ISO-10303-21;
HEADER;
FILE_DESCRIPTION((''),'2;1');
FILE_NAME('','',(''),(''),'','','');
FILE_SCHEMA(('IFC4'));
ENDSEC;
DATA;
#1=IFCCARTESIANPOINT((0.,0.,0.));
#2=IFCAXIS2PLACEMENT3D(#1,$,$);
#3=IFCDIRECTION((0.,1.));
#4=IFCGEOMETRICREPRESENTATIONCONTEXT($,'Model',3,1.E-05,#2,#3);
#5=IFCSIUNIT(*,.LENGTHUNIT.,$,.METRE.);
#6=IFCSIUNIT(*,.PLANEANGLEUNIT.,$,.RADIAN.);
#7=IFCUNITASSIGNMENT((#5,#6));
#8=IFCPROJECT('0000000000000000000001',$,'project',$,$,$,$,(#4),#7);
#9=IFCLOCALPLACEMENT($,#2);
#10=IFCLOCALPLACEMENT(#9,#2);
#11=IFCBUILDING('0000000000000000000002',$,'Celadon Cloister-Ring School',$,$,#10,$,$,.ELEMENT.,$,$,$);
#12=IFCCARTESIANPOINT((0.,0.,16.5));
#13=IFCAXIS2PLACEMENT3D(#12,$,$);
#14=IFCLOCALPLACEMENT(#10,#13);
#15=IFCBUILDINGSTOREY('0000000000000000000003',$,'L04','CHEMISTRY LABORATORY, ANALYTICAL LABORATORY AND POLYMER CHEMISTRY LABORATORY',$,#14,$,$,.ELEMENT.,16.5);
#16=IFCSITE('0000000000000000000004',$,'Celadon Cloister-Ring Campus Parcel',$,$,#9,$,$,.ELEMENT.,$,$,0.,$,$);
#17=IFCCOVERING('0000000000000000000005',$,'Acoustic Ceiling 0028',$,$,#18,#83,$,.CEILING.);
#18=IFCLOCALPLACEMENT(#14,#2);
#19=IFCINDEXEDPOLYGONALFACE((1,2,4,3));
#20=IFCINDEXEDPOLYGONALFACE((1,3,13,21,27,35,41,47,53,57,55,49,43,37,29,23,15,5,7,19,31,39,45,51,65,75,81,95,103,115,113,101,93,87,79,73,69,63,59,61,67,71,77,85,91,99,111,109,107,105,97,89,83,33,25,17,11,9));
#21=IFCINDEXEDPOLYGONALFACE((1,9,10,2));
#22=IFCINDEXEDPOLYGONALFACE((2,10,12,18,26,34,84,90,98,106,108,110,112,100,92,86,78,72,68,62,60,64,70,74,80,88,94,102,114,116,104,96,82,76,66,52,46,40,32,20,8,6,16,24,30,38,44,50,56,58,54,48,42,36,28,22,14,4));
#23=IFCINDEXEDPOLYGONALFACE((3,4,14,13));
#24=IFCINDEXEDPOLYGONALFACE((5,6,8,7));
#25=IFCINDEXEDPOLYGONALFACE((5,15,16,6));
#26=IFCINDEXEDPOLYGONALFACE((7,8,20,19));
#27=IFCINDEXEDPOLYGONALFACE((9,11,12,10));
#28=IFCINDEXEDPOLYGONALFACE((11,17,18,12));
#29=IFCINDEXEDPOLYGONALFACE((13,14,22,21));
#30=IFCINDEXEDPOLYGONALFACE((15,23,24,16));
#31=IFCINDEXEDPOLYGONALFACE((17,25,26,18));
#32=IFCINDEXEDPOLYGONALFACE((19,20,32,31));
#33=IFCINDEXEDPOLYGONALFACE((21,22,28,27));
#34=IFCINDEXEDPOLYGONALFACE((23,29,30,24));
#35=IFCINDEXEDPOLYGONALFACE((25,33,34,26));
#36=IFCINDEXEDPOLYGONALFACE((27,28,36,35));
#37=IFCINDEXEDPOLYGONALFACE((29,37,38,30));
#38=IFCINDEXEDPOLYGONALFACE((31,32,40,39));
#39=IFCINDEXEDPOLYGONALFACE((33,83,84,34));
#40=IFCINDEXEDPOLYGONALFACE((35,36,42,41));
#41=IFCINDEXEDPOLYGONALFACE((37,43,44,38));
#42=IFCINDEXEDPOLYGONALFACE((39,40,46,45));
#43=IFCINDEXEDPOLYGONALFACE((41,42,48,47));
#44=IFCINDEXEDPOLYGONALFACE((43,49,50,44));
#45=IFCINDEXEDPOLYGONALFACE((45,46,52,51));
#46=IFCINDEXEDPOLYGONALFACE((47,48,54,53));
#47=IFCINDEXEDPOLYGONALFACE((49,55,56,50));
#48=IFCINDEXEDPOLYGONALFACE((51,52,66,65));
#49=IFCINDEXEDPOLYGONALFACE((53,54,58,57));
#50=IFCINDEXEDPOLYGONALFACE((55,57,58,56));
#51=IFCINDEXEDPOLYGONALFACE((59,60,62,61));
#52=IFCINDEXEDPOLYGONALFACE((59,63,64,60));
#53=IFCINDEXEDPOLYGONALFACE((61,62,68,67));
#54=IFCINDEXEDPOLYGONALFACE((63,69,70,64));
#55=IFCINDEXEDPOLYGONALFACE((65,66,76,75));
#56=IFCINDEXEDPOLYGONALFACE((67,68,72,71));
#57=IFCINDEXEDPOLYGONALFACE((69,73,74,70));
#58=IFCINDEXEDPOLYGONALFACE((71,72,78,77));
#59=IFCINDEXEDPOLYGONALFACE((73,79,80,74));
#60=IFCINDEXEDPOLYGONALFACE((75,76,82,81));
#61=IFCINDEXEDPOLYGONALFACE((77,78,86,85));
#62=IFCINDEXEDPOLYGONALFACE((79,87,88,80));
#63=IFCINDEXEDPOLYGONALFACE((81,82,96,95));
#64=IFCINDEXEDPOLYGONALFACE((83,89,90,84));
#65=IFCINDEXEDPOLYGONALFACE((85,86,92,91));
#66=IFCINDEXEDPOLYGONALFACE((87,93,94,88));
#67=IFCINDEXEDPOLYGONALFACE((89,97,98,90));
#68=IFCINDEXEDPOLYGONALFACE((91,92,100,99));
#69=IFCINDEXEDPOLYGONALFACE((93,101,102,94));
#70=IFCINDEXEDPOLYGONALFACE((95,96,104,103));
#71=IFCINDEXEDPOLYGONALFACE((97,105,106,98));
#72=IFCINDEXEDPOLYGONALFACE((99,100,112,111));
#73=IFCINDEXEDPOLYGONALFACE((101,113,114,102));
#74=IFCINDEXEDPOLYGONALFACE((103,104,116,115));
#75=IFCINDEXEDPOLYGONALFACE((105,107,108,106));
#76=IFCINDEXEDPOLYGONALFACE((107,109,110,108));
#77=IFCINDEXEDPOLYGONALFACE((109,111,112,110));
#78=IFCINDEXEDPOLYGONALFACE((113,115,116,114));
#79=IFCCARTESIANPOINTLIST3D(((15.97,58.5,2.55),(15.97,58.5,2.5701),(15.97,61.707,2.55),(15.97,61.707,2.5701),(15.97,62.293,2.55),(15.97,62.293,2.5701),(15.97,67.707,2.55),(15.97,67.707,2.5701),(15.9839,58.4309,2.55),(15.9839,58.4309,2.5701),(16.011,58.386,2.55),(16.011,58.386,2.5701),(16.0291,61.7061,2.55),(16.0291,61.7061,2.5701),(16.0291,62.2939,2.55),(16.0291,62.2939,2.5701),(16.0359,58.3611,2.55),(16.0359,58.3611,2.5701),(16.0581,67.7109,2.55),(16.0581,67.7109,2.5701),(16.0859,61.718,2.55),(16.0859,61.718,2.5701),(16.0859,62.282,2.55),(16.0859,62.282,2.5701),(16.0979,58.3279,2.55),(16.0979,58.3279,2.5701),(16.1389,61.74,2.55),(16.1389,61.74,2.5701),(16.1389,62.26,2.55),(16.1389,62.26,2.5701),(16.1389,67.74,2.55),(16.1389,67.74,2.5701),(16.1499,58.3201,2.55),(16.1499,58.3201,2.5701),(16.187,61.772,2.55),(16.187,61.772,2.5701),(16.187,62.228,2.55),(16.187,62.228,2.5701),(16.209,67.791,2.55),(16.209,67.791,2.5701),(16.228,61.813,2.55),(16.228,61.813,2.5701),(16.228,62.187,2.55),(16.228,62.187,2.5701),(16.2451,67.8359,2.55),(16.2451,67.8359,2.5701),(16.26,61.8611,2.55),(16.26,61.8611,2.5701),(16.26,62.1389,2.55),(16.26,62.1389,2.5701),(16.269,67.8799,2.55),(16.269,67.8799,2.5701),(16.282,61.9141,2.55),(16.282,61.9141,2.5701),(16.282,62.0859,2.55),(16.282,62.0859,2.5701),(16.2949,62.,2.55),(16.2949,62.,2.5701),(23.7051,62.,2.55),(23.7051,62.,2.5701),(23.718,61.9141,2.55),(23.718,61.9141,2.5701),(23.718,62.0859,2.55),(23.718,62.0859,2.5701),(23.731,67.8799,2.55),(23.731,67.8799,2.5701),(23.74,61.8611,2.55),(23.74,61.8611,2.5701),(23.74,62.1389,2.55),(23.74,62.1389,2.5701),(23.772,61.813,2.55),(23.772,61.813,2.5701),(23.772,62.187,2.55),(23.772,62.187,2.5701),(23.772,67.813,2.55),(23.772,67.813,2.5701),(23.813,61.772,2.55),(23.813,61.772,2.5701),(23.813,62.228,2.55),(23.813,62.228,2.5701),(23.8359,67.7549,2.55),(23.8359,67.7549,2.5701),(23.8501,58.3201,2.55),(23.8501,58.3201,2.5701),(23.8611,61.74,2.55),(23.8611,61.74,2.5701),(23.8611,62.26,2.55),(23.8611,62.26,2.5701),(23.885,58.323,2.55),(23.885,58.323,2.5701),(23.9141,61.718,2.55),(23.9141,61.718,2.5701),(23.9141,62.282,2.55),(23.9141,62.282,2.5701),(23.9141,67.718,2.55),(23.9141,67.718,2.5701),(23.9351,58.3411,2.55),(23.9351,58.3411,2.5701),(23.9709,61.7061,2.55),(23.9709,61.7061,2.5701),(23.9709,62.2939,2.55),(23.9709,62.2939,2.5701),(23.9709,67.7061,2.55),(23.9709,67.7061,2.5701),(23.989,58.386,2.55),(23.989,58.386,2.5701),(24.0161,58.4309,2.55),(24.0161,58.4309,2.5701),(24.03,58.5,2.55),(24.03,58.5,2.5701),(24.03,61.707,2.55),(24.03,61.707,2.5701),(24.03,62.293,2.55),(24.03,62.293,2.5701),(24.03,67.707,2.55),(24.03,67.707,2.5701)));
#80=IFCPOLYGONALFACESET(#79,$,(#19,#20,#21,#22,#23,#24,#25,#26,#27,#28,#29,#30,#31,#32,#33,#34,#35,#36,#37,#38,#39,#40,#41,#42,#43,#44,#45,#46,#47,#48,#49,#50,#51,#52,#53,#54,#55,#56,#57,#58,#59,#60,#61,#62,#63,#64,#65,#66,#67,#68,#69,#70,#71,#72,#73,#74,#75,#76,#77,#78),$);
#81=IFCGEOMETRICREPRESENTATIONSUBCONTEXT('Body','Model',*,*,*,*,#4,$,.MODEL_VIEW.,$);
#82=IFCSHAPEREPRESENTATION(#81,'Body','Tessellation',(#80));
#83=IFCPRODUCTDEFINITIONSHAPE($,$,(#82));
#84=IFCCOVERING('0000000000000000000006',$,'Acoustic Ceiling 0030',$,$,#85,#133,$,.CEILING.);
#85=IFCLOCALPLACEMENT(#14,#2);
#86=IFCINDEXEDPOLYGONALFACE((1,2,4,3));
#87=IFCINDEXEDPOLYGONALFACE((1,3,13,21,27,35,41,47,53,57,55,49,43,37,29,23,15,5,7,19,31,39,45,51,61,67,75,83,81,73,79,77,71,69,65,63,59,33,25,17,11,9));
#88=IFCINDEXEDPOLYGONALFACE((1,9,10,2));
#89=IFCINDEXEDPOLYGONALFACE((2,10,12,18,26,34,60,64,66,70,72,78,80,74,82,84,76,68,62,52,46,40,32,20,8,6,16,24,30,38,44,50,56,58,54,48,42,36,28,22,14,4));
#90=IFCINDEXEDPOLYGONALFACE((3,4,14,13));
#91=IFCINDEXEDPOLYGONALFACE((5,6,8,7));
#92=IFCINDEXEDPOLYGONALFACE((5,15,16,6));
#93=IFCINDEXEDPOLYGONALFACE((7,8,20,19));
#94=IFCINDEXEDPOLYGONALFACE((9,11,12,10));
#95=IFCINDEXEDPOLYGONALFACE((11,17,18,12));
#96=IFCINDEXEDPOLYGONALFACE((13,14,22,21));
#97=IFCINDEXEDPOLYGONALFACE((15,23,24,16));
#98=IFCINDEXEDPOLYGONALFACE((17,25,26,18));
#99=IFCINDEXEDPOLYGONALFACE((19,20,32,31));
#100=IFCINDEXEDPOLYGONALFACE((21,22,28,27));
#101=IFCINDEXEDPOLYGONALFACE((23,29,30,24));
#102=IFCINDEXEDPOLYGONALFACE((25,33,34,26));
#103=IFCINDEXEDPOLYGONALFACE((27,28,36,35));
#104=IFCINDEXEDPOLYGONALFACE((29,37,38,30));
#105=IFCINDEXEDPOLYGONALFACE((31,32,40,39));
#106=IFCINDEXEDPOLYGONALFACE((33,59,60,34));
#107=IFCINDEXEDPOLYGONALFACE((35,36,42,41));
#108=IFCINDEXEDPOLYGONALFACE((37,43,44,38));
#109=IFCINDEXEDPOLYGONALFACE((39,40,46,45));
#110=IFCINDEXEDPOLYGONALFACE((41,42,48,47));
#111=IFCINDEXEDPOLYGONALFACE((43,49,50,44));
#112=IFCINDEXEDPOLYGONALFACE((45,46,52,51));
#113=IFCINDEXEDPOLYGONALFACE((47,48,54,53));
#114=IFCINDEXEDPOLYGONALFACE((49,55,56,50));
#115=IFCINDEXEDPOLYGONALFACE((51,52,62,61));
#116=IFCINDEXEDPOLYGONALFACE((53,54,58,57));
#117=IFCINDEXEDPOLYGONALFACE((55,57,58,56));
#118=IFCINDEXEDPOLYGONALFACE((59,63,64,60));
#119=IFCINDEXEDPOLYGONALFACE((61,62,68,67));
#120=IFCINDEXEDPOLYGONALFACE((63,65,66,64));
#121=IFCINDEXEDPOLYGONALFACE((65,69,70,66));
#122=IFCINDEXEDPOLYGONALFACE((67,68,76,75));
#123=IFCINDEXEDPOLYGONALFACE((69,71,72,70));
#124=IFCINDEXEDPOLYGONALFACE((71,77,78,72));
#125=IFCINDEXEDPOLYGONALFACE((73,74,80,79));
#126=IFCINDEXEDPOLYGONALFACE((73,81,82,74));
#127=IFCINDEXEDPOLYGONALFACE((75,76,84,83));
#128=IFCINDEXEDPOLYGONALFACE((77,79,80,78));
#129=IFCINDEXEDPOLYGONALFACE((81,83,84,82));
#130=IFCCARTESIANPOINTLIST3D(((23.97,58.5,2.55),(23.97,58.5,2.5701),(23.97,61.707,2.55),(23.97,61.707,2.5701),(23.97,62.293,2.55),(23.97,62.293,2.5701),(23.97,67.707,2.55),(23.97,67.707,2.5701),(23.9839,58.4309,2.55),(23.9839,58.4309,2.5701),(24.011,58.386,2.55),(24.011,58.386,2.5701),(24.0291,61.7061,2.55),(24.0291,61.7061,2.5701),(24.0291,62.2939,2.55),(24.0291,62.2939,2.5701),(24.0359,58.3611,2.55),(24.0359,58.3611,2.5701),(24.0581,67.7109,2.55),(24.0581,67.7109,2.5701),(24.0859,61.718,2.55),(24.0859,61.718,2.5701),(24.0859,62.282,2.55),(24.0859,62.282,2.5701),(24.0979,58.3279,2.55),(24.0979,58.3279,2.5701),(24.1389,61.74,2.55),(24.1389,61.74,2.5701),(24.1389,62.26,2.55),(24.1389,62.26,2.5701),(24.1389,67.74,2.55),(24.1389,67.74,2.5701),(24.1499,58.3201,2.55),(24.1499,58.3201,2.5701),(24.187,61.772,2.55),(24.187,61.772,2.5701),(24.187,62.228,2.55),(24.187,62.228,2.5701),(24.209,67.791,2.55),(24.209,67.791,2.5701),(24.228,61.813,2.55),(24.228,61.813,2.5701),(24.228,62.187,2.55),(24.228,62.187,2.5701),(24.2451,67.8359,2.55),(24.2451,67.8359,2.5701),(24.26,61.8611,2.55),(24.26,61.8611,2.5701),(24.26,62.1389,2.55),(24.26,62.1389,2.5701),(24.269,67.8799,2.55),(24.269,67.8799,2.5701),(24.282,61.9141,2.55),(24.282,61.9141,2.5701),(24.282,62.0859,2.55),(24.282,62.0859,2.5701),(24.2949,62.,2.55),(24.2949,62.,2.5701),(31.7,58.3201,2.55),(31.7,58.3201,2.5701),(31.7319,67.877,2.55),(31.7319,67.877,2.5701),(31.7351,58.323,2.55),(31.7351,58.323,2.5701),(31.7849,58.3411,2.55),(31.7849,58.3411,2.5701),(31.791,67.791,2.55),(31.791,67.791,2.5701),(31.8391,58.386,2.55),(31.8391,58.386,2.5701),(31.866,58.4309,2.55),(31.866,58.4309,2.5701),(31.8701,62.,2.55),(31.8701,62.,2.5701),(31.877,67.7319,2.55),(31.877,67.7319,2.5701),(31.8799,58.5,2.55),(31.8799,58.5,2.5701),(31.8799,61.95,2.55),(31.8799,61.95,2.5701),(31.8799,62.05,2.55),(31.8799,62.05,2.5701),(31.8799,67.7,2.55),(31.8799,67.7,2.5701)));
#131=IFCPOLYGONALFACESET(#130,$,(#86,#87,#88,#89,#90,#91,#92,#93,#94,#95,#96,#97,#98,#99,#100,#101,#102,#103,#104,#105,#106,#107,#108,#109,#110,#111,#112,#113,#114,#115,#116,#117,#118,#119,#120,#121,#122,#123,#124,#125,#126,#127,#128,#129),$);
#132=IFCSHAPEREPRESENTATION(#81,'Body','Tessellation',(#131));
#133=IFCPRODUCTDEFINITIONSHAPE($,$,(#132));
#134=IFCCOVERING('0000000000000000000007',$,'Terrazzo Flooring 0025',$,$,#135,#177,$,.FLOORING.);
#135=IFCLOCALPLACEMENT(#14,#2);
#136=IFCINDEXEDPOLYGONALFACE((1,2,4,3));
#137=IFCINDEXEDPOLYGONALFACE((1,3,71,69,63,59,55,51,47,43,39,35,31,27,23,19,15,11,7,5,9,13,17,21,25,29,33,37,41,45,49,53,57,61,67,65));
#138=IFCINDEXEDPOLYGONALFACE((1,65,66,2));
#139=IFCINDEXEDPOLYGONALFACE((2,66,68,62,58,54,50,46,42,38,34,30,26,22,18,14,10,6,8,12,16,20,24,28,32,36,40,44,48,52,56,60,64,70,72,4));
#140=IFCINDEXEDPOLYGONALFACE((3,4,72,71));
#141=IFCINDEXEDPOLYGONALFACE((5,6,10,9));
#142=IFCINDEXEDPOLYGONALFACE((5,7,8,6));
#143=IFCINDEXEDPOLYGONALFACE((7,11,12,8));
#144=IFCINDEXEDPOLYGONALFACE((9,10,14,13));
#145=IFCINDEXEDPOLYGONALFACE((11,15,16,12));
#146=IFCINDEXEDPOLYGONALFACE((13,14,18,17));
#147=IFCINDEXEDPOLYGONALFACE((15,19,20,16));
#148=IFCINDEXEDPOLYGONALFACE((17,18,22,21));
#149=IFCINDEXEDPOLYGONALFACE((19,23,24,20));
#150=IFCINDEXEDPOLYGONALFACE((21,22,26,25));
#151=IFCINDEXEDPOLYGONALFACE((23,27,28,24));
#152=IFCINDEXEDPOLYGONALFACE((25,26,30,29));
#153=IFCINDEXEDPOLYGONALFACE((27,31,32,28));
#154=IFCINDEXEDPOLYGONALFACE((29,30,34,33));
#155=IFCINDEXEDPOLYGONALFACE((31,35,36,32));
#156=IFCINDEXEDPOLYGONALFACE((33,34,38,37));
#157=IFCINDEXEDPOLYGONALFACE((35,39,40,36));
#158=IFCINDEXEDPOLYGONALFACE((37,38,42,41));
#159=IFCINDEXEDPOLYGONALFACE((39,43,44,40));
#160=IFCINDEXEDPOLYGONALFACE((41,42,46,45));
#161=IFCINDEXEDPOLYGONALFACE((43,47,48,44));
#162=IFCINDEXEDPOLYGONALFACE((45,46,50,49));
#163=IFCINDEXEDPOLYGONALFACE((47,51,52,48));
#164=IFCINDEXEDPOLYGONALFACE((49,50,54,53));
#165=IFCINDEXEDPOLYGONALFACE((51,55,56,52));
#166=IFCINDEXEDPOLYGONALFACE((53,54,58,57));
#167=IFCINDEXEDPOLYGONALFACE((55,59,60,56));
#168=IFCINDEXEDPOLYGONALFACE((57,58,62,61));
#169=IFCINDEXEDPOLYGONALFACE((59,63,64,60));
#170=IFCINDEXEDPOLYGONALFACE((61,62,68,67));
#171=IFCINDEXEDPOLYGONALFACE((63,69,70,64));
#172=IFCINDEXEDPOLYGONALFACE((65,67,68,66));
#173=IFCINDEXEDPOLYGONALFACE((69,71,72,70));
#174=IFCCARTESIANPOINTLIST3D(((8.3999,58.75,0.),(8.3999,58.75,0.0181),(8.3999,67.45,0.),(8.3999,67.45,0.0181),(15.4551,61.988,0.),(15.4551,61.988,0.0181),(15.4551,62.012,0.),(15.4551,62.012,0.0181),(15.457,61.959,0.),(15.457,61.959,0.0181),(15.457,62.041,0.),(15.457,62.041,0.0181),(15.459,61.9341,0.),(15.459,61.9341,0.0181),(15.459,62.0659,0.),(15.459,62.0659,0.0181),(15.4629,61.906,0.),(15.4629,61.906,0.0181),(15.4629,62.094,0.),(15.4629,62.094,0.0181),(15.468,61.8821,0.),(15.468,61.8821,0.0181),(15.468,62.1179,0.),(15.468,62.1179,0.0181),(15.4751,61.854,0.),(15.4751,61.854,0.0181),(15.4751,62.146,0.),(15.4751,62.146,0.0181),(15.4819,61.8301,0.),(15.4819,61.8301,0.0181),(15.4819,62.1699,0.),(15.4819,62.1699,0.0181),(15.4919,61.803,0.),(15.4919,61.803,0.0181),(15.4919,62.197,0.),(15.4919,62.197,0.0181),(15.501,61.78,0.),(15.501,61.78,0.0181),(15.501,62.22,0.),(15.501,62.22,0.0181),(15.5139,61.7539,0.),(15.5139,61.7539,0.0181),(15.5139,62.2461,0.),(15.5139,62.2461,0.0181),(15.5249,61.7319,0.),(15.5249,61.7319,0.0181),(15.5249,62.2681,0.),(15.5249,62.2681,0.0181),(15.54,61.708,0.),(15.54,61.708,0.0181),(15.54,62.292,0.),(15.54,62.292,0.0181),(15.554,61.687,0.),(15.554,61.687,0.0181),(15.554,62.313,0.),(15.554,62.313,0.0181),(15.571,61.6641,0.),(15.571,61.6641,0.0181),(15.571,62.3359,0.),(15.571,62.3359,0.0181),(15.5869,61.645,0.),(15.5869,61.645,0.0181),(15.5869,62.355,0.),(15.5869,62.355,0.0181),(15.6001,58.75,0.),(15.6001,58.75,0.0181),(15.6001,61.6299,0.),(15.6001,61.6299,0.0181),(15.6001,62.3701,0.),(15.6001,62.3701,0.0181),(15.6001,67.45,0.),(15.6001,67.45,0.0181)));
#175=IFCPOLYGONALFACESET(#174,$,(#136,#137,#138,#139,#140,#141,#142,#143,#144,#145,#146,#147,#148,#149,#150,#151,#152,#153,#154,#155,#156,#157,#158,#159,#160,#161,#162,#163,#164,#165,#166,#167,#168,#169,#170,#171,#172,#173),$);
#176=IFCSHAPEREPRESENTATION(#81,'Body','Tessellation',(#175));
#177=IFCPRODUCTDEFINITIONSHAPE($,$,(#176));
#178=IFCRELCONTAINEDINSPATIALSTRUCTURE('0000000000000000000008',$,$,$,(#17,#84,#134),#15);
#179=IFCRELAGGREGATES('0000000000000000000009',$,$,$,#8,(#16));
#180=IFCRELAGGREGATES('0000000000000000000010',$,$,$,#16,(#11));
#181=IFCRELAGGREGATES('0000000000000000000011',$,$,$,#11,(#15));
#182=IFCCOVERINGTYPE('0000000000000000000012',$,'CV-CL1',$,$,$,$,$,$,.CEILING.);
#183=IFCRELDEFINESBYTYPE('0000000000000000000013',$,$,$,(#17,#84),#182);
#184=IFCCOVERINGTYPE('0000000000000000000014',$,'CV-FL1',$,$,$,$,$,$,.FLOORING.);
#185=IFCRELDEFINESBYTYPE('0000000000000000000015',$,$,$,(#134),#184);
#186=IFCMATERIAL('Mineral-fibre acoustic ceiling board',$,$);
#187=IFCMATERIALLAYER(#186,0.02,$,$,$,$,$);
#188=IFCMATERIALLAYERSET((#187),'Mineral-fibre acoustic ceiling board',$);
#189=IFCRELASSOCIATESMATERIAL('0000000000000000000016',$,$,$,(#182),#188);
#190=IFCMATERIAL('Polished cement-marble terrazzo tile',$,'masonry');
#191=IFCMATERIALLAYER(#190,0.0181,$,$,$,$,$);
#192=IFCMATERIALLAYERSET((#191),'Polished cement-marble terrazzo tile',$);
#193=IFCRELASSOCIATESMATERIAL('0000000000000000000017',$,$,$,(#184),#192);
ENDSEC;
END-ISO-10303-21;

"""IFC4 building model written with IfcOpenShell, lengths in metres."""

from ifc_helpers import new_model, si_unit, direction, frame, origin, place, context, subcontext, project, spatial, polyline, outline, extrude, material, layer, layer_set, type_object, element, save


model = new_model("IFC4")

# Units and contexts
model_context = context("Model", 3, precision=1e-05, world=origin(), true_north=direction((0.0, 1.0)))
body_context = subcontext(model_context, "Body", "Model", "MODEL_VIEW")
ifc_project = project(units=[si_unit("LENGTHUNIT", "METRE"), si_unit("PLANEANGLEUNIT", "RADIAN")], contexts=[model_context])

# Site, building, storey
site_placement = place(None, origin())
site = spatial("IfcSite", under=ifc_project, at=site_placement, Name="Celadon Cloister-Ring Campus Parcel", CompositionType="ELEMENT", RefElevation=0.0)
building_placement = place(site_placement, origin())
building = spatial("IfcBuilding", under=site, at=building_placement, Name="Celadon Cloister-Ring School", CompositionType="ELEMENT")
storey_placement = place(building_placement, frame((0.0, 0.0, 16.5)))
storey = spatial("IfcBuildingStorey", under=building, at=storey_placement, Name="L04", Description="CHEMISTRY LABORATORY, ANALYTICAL LABORATORY AND POLYMER CHEMISTRY LABORATORY", CompositionType="ELEMENT", Elevation=16.5)

# Coverings
ifc_material_1 = material(Name="Mineral-fibre acoustic ceiling board")
ifc_layer_1 = layer(ifc_material_1, 0.02)
ifc_layer_set_1 = layer_set([ifc_layer_1], Name="Mineral-fibre acoustic ceiling board")
covering_type_1 = type_object("IfcCoveringType", Name="CV-CL1", PredefinedType="CEILING", material=ifc_layer_set_1)
covering_1_placement = place(storey_placement, frame((0.0, 0.0, 2.55)))
element("IfcCovering", 1, at=covering_1_placement, inside=storey, type_object=covering_type_1, Name="Acoustic Ceiling 0028", PredefinedType="CEILING", context=body_context, shape_type="SweptSolid", body=[
    extrude(outline(polyline([(24.03, 67.707), (24.03, 62.293), (23.9709, 62.2939), (23.9141, 62.282), (23.8611, 62.26), (23.813, 62.228), (23.772, 62.187), (23.74, 62.1389), (23.718, 62.0859), (23.7051, 62.0), (23.718, 61.9141), (23.74, 61.8611), (23.772, 61.813), (23.813, 61.772), (23.8611, 61.74), (23.9141, 61.718), (23.9709, 61.7061), (24.03, 61.707), (24.03, 58.5), (24.0161, 58.4309), (23.989, 58.386), (23.9351, 58.3411), (23.885, 58.323), (23.8501, 58.3201), (16.1499, 58.3201), (16.0979, 58.3279), (16.0359, 58.3611), (16.011, 58.386), (15.9839, 58.4309), (15.97, 58.5), (15.97, 61.707), (16.0291, 61.7061), (16.0859, 61.718), (16.1389, 61.74), (16.187, 61.772), (16.228, 61.813), (16.26, 61.8611), (16.282, 61.9141), (16.2949, 62.0), (16.282, 62.0859), (16.26, 62.1389), (16.228, 62.187), (16.187, 62.228), (16.1389, 62.26), (16.0859, 62.282), (16.0291, 62.2939), (15.97, 62.293), (15.97, 67.707), (16.0581, 67.7109), (16.1389, 67.74), (16.209, 67.791), (16.2451, 67.8359), (16.269, 67.8799), (23.731, 67.8799), (23.772, 67.813), (23.8359, 67.7549), (23.9141, 67.718), (23.9709, 67.7061), (24.03, 67.707)])), origin(), (0.0, 0.0, 1.0), 0.02),
])
covering_2_placement = place(storey_placement, frame((0.0, 0.0, 2.55)))
element("IfcCovering", 2, at=covering_2_placement, inside=storey, type_object=covering_type_1, Name="Acoustic Ceiling 0030", PredefinedType="CEILING", context=body_context, shape_type="SweptSolid", body=[
    extrude(outline(polyline([(24.269, 67.8799), (31.7319, 67.877), (31.791, 67.791), (31.877, 67.7319), (31.8799, 67.7), (31.8799, 62.05), (31.8701, 62.0), (31.8799, 61.95), (31.8799, 58.5), (31.866, 58.4309), (31.8391, 58.386), (31.7849, 58.3411), (31.7351, 58.323), (31.7, 58.3201), (24.1499, 58.3201), (24.0979, 58.3279), (24.0359, 58.3611), (24.011, 58.386), (23.9839, 58.4309), (23.97, 58.5), (23.97, 61.707), (24.0291, 61.7061), (24.0859, 61.718), (24.1389, 61.74), (24.187, 61.772), (24.228, 61.813), (24.26, 61.8611), (24.282, 61.9141), (24.2949, 62.0), (24.282, 62.0859), (24.26, 62.1389), (24.228, 62.187), (24.187, 62.228), (24.1389, 62.26), (24.0859, 62.282), (24.0291, 62.2939), (23.97, 62.293), (23.97, 67.707), (24.0581, 67.7109), (24.1389, 67.74), (24.209, 67.791), (24.2451, 67.8359), (24.269, 67.8799)])), origin(), (0.0, 0.0, 1.0), 0.02),
])
ifc_material_2 = material(Name="Polished cement-marble terrazzo tile", Category="masonry")
ifc_layer_2 = layer(ifc_material_2, 0.0181)
ifc_layer_set_2 = layer_set([ifc_layer_2], Name="Polished cement-marble terrazzo tile")
covering_type_2 = type_object("IfcCoveringType", Name="CV-FL1", PredefinedType="FLOORING", material=ifc_layer_set_2)
covering_3_placement = place(storey_placement, origin())
element("IfcCovering", 3, at=covering_3_placement, inside=storey, type_object=covering_type_2, Name="Terrazzo Flooring 0025", PredefinedType="FLOORING", context=body_context, shape_type="SweptSolid", body=[
    extrude(outline(polyline([(15.6001, 61.6299), (15.6001, 58.75), (8.3999, 58.75), (8.3999, 67.45), (15.6001, 67.45), (15.6001, 62.3701), (15.5869, 62.355), (15.571, 62.3359), (15.554, 62.313), (15.54, 62.292), (15.5249, 62.2681), (15.5139, 62.2461), (15.501, 62.22), (15.4919, 62.197), (15.4819, 62.1699), (15.4751, 62.146), (15.468, 62.1179), (15.4629, 62.094), (15.459, 62.0659), (15.457, 62.041), (15.4551, 62.012), (15.4551, 61.988), (15.457, 61.959), (15.459, 61.9341), (15.4629, 61.906), (15.468, 61.8821), (15.4751, 61.854), (15.4819, 61.8301), (15.4919, 61.803), (15.501, 61.78), (15.5139, 61.7539), (15.5249, 61.7319), (15.54, 61.708), (15.554, 61.687), (15.571, 61.6641), (15.5869, 61.645), (15.6001, 61.6299)])), origin(), (0.0, 0.0, 1.0), 0.0181),
])

save(model, "model.ifc")
